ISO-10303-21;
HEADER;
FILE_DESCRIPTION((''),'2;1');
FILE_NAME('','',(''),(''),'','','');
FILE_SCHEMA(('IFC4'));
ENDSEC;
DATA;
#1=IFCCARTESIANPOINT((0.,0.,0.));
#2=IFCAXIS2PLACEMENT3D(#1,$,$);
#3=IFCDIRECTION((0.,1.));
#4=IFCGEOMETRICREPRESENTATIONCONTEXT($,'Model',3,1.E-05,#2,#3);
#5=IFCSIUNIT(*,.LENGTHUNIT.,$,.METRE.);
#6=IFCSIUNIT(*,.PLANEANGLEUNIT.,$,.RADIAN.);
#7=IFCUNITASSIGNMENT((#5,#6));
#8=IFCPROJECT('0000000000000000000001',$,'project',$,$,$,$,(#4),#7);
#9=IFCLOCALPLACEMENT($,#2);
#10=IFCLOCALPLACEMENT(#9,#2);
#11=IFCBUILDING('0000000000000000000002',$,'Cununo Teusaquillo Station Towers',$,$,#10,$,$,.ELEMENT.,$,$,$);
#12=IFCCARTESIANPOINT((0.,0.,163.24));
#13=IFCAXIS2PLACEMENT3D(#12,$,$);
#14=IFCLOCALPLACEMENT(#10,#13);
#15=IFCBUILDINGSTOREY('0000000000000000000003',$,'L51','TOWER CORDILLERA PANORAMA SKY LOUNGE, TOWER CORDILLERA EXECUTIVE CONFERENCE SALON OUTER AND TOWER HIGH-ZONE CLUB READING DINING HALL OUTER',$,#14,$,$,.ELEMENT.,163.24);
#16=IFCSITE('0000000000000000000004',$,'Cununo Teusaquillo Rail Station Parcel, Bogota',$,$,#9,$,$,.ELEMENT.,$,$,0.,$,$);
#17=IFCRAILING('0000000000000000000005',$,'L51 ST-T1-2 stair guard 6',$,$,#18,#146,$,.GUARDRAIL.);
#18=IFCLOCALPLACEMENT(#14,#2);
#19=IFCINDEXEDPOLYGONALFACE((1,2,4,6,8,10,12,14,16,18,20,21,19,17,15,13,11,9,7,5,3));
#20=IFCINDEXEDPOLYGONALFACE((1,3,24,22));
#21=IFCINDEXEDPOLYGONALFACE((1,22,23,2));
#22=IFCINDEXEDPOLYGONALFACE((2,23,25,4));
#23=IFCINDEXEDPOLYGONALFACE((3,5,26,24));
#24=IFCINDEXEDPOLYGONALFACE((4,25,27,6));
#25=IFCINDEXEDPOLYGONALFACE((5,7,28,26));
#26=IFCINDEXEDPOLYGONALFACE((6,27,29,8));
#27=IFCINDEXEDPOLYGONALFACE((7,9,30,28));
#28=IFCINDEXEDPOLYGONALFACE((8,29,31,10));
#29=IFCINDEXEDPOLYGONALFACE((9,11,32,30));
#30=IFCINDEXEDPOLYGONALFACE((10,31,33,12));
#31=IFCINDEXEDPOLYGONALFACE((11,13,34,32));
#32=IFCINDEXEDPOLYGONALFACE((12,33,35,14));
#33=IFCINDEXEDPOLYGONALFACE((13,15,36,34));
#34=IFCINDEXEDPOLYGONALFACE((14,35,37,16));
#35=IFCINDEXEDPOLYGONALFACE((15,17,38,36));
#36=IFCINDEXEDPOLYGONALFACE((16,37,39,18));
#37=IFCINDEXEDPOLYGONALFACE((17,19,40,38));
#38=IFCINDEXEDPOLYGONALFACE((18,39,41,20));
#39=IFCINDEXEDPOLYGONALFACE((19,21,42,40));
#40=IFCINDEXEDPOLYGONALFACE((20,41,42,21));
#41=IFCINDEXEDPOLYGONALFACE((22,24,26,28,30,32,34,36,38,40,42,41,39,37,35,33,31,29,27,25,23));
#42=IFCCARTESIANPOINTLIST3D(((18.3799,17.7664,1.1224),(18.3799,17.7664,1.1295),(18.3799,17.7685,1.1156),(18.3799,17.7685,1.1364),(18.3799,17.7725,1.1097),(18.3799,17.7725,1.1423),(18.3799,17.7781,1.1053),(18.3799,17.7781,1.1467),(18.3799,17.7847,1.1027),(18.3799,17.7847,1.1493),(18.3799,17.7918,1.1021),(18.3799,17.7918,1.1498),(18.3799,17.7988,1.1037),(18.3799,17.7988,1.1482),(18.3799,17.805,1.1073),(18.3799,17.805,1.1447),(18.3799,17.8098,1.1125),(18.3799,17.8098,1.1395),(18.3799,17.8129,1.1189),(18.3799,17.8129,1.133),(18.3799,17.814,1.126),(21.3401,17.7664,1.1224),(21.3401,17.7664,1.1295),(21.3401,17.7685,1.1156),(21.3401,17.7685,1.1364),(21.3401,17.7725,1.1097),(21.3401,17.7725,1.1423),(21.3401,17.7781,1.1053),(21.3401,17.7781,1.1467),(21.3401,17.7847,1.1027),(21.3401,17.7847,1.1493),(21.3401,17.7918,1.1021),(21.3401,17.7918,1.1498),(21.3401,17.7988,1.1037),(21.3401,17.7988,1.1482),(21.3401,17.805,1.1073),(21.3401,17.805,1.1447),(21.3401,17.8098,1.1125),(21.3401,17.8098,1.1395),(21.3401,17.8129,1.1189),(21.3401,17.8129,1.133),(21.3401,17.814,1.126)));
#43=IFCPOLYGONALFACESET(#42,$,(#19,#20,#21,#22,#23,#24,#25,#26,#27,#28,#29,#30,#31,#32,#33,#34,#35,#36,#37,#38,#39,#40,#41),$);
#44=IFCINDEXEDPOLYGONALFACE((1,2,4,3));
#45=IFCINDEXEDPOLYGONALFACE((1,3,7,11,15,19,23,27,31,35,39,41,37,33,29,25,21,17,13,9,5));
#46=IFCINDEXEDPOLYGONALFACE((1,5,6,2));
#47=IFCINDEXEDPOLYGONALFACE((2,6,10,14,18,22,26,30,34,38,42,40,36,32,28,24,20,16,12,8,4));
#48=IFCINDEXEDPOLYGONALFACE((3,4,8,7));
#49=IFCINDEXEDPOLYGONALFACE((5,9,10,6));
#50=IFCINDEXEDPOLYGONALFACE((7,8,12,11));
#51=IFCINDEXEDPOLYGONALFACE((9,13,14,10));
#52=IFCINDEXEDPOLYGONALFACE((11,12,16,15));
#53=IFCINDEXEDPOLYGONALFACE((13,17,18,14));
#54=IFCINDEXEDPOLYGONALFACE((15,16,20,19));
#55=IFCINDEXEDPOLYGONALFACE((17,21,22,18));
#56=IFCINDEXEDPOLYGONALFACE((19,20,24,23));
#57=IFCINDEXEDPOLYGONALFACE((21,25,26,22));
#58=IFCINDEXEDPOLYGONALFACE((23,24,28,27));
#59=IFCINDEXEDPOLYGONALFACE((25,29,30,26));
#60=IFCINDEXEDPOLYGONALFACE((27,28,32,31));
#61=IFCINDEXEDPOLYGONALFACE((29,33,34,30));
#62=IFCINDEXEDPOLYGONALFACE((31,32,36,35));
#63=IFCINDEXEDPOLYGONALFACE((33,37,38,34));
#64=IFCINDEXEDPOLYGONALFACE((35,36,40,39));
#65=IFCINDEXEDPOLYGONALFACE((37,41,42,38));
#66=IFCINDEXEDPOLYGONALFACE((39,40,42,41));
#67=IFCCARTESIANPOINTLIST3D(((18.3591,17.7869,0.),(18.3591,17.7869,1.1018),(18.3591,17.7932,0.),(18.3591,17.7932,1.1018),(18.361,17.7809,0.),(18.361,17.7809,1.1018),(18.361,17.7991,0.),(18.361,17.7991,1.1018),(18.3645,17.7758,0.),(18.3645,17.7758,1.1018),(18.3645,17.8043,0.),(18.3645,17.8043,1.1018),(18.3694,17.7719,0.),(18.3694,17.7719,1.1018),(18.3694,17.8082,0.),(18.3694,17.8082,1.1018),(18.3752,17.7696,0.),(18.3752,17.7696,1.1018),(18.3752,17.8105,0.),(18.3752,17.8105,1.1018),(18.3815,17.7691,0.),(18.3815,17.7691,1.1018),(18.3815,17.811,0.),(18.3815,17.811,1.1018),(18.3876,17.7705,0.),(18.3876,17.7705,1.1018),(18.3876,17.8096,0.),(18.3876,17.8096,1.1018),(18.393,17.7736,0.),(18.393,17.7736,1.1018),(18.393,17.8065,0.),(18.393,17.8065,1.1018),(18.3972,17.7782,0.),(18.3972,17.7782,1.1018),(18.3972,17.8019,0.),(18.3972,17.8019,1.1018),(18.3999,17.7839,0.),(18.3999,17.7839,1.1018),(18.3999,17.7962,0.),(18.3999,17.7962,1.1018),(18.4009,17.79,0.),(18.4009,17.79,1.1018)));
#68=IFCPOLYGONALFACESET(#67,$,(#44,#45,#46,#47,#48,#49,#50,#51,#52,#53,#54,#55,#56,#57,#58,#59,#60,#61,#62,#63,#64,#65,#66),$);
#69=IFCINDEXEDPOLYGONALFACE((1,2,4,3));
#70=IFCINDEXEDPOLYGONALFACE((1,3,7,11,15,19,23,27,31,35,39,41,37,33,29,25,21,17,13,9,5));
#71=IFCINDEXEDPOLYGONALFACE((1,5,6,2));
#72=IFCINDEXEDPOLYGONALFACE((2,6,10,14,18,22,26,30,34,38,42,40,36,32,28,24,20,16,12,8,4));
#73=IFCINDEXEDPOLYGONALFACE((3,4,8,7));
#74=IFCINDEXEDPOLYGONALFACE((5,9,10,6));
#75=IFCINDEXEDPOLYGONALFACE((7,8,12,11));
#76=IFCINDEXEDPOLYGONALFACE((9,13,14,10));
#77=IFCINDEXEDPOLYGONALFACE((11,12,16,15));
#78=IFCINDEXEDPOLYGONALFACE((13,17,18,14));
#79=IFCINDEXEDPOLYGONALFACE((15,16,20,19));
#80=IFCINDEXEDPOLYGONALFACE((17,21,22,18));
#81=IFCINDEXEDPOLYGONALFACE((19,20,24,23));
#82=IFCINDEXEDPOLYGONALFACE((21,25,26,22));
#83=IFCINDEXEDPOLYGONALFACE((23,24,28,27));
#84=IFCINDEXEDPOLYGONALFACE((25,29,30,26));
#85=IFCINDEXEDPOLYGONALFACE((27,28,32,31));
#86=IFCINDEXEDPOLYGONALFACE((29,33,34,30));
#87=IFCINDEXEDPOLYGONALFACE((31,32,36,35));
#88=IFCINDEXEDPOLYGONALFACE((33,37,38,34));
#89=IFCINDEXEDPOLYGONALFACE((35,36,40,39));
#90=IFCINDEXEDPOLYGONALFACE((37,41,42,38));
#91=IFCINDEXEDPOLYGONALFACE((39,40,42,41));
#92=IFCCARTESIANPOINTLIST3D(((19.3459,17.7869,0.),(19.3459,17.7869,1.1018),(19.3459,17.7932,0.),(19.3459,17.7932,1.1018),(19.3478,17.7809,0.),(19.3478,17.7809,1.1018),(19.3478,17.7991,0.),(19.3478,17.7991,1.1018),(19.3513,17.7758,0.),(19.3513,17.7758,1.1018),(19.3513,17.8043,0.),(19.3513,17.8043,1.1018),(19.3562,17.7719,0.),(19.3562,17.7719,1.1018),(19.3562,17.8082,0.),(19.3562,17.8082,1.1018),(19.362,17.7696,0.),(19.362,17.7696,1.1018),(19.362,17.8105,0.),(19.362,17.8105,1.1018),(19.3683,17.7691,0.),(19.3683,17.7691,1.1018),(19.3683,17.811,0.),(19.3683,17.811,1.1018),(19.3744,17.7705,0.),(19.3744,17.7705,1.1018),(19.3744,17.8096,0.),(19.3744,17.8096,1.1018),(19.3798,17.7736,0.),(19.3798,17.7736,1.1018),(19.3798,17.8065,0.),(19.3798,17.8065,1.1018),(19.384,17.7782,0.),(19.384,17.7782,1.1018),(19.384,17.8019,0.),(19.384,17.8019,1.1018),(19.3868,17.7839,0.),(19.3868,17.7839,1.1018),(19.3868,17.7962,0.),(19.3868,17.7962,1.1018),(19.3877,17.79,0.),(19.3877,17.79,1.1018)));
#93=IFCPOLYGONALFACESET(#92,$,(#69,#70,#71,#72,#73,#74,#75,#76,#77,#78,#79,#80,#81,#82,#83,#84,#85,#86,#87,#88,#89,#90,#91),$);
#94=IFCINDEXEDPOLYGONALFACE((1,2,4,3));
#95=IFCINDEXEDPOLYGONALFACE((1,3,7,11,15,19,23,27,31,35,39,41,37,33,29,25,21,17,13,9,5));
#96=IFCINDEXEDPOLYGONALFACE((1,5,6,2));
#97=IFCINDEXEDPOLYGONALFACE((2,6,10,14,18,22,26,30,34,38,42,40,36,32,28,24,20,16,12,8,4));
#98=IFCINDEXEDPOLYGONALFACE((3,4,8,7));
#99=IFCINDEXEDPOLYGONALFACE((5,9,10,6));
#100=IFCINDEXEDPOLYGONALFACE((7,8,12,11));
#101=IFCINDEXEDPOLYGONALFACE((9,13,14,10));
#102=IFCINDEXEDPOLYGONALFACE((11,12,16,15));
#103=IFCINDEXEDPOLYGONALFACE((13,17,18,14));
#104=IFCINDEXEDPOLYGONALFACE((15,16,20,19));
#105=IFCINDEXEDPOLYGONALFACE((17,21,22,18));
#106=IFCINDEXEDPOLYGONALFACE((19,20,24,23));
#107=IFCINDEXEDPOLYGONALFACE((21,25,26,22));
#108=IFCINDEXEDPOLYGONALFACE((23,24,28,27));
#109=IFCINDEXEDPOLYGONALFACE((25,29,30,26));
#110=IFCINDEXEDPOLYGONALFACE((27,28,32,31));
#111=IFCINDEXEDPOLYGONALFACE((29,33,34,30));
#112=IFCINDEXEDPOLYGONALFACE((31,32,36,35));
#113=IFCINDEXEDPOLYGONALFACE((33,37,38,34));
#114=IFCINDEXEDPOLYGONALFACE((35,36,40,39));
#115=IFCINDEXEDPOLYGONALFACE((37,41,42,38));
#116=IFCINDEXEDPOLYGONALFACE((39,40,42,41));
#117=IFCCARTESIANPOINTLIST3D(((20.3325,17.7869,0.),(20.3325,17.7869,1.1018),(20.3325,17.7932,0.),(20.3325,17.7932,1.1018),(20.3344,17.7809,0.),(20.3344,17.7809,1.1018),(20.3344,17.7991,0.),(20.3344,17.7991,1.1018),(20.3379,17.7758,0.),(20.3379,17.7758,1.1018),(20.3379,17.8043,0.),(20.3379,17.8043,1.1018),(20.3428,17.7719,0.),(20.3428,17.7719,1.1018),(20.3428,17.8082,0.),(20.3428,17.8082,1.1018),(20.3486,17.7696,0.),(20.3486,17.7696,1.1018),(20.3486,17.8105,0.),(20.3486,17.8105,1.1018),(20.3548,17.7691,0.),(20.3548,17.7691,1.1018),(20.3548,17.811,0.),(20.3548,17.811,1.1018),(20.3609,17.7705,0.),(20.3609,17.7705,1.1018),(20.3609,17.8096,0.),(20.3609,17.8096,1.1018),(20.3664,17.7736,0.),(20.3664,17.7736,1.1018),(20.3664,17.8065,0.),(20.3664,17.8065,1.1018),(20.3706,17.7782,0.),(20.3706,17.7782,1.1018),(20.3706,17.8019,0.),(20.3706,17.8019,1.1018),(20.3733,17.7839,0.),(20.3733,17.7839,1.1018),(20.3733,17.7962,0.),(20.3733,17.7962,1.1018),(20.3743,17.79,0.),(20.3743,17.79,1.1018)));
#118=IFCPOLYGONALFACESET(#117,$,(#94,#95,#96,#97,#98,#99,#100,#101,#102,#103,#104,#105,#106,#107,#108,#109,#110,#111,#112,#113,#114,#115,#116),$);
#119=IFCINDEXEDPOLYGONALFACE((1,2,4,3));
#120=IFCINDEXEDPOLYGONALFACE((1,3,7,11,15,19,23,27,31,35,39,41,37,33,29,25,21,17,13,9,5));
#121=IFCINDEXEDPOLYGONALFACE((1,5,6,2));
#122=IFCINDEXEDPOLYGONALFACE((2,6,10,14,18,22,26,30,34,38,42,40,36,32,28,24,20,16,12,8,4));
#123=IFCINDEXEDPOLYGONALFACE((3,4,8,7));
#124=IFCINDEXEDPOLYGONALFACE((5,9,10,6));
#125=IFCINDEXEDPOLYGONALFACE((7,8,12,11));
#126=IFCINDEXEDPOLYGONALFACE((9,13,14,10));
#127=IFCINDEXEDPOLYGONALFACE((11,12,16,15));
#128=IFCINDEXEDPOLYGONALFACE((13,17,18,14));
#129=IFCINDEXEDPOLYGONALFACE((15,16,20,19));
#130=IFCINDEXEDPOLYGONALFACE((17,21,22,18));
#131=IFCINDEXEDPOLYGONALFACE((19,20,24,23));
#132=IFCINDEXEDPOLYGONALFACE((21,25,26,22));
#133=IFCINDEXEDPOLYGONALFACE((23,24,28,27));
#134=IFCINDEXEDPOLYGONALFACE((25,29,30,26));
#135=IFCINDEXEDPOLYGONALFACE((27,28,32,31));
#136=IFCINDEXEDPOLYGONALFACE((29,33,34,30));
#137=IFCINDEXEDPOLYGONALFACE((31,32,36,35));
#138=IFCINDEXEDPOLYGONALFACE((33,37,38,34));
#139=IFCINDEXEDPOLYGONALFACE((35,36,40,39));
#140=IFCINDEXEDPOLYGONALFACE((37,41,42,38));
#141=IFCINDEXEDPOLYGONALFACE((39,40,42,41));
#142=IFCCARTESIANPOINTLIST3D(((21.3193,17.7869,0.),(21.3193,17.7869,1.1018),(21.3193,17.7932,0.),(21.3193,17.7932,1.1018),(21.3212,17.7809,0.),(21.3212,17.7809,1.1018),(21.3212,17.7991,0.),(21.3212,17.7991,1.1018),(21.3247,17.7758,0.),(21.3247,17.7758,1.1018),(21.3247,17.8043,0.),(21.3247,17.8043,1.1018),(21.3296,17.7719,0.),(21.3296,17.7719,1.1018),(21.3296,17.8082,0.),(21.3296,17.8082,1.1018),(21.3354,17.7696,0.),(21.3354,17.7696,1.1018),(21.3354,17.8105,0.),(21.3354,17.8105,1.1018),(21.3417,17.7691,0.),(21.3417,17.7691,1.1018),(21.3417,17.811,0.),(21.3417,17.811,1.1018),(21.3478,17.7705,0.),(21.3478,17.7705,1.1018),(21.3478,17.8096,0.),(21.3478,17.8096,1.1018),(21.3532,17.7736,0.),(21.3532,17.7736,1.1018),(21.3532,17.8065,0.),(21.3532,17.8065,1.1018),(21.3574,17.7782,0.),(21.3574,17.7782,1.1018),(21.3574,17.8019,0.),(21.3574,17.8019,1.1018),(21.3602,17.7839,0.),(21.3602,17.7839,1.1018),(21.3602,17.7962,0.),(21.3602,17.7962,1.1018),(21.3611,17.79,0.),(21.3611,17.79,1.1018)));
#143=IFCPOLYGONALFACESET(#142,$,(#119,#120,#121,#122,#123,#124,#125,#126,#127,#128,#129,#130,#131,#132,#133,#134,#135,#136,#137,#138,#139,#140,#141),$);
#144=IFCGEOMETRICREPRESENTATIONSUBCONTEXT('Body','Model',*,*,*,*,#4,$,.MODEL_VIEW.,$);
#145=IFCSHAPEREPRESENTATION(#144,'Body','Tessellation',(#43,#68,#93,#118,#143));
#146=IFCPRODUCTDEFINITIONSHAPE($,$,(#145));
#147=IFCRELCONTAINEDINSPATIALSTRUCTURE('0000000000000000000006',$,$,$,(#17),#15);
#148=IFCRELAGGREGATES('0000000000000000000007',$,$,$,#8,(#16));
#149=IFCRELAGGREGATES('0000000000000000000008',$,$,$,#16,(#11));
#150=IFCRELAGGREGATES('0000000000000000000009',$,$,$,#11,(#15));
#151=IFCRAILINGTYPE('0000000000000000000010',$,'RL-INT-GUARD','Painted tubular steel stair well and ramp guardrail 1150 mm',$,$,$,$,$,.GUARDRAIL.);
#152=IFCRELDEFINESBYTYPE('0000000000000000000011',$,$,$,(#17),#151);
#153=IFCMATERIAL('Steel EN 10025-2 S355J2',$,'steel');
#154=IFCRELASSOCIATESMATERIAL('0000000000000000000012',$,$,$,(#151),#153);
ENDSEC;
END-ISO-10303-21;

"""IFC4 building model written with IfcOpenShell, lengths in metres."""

from ifc_helpers import new_model, si_unit, direction, frame, origin, origin_2d, place, context, subcontext, project, spatial, circle, extrude, material, type_object, element, save


model = new_model("IFC4")

# Units and contexts
model_context = context("Model", 3, precision=1e-05, world=origin(), true_north=direction((0.0, 1.0)))
body_context = subcontext(model_context, "Body", "Model", "MODEL_VIEW")
ifc_project = project(units=[si_unit("LENGTHUNIT", "METRE"), si_unit("PLANEANGLEUNIT", "RADIAN")], contexts=[model_context])

# Site, building, storey
site_placement = place(None, origin())
site = spatial("IfcSite", under=ifc_project, at=site_placement, Name="Cununo Teusaquillo Rail Station Parcel, Bogota", CompositionType="ELEMENT", RefElevation=0.0)
building_placement = place(site_placement, origin())
building = spatial("IfcBuilding", under=site, at=building_placement, Name="Cununo Teusaquillo Station Towers", CompositionType="ELEMENT")
storey_placement = place(building_placement, frame((0.0, 0.0, 163.24)))
storey = spatial("IfcBuildingStorey", under=building, at=storey_placement, Name="L51", Description="TOWER CORDILLERA PANORAMA SKY LOUNGE, TOWER CORDILLERA EXECUTIVE CONFERENCE SALON OUTER AND TOWER HIGH-ZONE CLUB READING DINING HALL OUTER", CompositionType="ELEMENT", Elevation=163.24)

# Railing
ifc_material_1 = material(Name="Steel EN 10025-2 S355J2", Category="steel")
railing_type_1 = type_object("IfcRailingType", Name="RL-INT-GUARD", Description="Painted tubular steel stair well and ramp guardrail 1150 mm", PredefinedType="GUARDRAIL", material=ifc_material_1)
railing_1_placement = place(storey_placement, frame((18.3799, 17.79, 0.0)))
element("IfcRailing", 1, at=railing_1_placement, inside=storey, type_object=railing_type_1, Name="L51 ST-T1-2 stair guard 6", PredefinedType="GUARDRAIL", context=body_context, shape_type="SweptSolid", body=[
    extrude(circle(Radius=0.0239, at=origin_2d()), frame((0.0, 0.0, 1.126), z_axis=(1.0, 0.0, 0.0), x_axis=(0.0, 1.0, 0.0)), (0.0, 0.0, 1.0), 2.9602),
    extrude(circle(Radius=0.021, at=origin_2d()), origin(), (0.0, 0.0, 1.0), 1.1018),
    extrude(circle(Radius=0.021, at=origin_2d()), frame((0.9868, 0.0, 0.0)), (0.0, 0.0, 1.0), 1.1018),
    extrude(circle(Radius=0.021, at=origin_2d()), frame((1.9734, 0.0, 0.0)), (0.0, 0.0, 1.0), 1.1018),
    extrude(circle(Radius=0.021, at=origin_2d()), frame((2.9602, 0.0, 0.0)), (0.0, 0.0, 1.0), 1.1018),
])

save(model, "model.ifc")
